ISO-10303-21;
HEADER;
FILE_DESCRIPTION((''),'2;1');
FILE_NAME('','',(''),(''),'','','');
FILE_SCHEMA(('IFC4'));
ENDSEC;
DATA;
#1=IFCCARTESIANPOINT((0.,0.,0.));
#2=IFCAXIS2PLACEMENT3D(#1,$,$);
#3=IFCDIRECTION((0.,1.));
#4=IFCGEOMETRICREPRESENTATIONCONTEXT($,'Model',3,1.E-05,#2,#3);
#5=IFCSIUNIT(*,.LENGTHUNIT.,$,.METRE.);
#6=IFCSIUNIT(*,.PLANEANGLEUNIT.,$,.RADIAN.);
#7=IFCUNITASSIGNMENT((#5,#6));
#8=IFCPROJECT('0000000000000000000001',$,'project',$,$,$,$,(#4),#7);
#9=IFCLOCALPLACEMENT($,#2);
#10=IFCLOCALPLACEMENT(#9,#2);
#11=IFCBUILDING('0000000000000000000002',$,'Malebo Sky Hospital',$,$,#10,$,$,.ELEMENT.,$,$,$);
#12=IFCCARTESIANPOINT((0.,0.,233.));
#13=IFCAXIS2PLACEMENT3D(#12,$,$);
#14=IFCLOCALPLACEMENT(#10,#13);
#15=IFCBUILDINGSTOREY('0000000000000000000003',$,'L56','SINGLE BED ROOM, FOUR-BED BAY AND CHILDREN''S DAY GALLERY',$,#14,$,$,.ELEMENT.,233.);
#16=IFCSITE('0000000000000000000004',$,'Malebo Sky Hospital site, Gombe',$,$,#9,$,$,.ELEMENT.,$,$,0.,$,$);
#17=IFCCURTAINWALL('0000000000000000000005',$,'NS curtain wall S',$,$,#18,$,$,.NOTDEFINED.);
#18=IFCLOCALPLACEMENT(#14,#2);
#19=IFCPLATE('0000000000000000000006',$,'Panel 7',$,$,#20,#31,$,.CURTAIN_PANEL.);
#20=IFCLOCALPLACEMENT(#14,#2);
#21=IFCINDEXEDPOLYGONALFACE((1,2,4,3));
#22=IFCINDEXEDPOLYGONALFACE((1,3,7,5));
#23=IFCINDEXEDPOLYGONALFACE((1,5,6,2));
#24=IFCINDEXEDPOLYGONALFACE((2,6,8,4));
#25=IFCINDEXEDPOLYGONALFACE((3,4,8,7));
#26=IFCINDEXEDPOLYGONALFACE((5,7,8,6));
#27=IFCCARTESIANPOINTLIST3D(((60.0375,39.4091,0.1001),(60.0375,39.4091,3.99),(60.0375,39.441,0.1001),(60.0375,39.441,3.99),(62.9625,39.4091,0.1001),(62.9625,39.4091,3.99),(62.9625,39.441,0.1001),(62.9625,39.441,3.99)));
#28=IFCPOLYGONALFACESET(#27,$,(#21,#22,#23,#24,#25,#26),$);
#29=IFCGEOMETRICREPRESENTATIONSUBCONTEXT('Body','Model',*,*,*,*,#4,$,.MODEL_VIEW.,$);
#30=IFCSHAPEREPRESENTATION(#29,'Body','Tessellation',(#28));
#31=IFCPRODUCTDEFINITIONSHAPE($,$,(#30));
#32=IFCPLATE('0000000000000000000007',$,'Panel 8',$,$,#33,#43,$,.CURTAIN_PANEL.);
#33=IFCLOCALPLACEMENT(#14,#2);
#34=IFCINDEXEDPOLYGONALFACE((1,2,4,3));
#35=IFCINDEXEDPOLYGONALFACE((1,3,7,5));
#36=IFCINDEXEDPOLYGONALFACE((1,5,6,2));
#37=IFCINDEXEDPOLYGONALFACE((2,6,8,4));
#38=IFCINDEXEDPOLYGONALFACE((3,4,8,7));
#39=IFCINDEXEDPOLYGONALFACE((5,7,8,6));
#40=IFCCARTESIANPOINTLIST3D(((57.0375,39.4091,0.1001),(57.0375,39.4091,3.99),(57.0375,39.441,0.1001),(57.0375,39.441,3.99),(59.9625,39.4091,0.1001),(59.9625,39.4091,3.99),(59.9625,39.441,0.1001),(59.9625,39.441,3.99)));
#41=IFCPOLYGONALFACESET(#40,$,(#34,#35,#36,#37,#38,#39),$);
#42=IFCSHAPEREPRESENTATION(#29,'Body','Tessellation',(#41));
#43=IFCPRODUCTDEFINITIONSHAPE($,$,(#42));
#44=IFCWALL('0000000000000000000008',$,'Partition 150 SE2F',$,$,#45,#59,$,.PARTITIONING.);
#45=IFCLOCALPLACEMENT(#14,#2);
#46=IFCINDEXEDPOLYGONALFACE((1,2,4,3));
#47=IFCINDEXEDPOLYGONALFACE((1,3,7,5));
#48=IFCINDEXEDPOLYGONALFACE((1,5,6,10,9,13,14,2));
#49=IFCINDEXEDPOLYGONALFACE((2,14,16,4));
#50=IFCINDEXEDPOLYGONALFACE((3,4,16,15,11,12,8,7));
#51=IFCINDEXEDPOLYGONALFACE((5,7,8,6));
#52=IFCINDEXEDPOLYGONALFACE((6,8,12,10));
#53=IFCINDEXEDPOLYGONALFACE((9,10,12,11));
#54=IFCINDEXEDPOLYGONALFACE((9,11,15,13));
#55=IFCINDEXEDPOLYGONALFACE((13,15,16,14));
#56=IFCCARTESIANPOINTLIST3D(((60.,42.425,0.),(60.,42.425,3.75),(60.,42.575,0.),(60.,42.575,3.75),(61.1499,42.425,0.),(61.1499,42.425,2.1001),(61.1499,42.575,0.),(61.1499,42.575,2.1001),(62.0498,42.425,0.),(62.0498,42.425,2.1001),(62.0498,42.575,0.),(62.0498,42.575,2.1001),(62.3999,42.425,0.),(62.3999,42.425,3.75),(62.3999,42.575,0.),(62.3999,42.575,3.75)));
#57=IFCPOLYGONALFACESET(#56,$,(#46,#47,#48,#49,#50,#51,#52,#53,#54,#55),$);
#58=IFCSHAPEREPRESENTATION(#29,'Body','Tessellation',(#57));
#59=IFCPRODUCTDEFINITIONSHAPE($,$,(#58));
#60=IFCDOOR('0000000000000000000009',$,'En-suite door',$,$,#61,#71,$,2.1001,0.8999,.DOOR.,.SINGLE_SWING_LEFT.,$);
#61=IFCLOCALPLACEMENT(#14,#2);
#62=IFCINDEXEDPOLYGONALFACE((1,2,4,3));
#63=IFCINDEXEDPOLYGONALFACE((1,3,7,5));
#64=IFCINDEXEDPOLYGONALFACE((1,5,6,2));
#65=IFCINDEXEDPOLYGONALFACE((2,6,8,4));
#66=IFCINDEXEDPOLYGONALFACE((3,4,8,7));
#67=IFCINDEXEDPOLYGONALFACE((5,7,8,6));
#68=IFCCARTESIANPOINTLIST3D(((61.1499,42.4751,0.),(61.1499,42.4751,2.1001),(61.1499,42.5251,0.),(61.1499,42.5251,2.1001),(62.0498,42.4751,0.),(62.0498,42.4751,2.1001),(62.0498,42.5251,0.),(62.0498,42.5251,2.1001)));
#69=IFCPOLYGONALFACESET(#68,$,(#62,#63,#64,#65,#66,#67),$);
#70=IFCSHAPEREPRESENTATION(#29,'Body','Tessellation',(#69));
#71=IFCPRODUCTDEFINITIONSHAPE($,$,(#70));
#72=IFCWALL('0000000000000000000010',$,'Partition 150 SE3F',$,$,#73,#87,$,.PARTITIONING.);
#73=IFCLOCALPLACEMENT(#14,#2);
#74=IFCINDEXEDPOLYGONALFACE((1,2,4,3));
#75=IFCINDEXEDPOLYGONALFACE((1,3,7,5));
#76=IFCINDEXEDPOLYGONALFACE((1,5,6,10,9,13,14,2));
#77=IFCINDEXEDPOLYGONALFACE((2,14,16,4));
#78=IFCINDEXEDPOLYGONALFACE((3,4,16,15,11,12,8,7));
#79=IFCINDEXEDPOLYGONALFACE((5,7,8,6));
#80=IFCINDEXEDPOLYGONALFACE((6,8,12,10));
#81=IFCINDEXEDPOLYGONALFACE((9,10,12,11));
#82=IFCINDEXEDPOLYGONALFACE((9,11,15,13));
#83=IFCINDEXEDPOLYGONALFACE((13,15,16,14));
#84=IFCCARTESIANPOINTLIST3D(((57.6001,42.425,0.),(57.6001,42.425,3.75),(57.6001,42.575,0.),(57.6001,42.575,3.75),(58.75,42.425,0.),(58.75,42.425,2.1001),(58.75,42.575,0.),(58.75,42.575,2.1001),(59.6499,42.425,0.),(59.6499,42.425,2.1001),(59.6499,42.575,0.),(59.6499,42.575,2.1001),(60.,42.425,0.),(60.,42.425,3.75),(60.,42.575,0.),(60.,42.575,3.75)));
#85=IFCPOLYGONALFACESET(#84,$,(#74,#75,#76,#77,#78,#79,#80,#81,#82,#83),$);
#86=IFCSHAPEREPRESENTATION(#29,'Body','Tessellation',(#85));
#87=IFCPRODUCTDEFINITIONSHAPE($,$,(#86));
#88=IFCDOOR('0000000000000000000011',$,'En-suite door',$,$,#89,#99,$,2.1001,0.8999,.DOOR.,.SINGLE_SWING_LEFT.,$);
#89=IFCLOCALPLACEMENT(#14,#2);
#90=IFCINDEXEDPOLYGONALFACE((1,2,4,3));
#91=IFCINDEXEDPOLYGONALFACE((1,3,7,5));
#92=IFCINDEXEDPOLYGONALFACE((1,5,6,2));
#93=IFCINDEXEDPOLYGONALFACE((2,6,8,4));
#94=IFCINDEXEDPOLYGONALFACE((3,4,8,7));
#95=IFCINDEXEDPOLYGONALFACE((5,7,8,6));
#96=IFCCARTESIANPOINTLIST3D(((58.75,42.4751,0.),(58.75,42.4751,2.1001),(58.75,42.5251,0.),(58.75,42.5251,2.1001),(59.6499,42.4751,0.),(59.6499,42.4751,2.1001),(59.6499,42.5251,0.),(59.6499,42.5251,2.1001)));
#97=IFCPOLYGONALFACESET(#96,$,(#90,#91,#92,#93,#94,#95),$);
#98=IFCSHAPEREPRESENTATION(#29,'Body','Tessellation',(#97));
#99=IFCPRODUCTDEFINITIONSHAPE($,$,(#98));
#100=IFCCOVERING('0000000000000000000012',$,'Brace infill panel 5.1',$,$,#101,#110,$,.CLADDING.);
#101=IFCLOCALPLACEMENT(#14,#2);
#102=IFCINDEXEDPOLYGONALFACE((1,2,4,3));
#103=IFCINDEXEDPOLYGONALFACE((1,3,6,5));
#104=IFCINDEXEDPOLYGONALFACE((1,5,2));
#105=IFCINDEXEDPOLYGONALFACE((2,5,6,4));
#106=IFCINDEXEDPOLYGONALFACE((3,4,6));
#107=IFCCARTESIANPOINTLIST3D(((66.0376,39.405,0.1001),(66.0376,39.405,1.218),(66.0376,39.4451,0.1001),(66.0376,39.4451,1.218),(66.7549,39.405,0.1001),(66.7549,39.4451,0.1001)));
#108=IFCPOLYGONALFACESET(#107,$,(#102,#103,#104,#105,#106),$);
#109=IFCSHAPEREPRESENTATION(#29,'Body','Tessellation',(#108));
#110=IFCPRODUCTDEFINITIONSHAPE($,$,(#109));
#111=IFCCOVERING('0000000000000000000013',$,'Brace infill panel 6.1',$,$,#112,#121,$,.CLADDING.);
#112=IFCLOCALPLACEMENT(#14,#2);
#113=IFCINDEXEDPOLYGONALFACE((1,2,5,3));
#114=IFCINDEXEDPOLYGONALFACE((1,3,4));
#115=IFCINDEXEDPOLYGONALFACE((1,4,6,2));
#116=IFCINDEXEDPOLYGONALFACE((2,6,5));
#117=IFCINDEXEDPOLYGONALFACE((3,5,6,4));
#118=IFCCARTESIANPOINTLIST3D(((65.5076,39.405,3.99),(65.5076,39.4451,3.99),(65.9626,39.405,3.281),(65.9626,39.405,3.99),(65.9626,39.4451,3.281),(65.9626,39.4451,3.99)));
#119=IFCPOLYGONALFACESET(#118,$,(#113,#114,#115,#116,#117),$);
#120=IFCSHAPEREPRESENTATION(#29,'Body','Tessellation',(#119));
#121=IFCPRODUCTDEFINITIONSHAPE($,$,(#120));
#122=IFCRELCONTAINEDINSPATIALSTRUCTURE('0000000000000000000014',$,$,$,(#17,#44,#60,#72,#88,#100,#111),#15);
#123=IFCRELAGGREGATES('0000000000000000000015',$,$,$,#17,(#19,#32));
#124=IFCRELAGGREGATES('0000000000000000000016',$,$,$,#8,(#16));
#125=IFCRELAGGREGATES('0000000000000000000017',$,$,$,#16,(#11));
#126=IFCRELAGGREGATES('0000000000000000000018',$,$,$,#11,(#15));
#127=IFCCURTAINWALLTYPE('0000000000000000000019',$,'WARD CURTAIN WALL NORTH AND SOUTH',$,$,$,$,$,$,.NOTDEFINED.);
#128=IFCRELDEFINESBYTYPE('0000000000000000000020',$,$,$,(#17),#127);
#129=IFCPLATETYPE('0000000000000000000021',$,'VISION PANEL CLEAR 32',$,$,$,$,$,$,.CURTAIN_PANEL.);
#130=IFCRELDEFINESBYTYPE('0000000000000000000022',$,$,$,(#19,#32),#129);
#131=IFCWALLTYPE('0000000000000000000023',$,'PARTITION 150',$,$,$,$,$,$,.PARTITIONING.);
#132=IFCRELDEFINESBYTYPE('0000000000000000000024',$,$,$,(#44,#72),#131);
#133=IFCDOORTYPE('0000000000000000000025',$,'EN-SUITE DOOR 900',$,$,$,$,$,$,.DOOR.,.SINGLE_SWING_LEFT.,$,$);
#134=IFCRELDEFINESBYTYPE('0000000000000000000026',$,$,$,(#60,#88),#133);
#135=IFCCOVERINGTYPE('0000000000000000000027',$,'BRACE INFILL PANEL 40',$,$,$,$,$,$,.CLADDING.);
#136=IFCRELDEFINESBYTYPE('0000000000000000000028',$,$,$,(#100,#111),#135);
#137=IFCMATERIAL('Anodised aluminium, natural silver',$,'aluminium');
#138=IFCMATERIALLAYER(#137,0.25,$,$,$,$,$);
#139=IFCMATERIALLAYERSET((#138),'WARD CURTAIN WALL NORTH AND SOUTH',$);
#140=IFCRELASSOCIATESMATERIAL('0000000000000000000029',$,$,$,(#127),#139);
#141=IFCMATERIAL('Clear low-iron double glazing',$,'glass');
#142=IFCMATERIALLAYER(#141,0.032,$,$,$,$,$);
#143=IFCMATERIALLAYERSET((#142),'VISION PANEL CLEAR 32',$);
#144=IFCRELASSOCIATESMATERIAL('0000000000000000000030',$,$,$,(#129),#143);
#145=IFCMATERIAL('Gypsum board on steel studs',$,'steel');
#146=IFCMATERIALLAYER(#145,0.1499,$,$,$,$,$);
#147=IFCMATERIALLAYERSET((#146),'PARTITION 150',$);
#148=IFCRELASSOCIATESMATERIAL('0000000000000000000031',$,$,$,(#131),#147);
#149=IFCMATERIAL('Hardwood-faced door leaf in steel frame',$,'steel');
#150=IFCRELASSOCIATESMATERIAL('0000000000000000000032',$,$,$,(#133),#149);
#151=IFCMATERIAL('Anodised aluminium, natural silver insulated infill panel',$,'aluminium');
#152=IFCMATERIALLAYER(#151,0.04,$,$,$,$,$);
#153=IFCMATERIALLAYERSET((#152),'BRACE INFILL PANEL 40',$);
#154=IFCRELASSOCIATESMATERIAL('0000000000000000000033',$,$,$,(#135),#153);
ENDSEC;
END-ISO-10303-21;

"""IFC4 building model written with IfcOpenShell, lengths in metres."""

from ifc_helpers import new_model, si_unit, direction, frame, frame_2d, origin, origin_2d, place, context, subcontext, project, spatial, polyline, rectangle, outline, extrude, material, layer, layer_set, type_object, element, fill, aggregate, save


model = new_model("IFC4")

# Units and contexts
model_context = context("Model", 3, precision=1e-05, world=origin(), true_north=direction((0.0, 1.0)))
body_context = subcontext(model_context, "Body", "Model", "MODEL_VIEW")
ifc_project = project(units=[si_unit("LENGTHUNIT", "METRE"), si_unit("PLANEANGLEUNIT", "RADIAN")], contexts=[model_context])

# Site, building, storey
site_placement = place(None, origin())
site = spatial("IfcSite", under=ifc_project, at=site_placement, Name="Malebo Sky Hospital site, Gombe", CompositionType="ELEMENT", RefElevation=0.0)
building_placement = place(site_placement, origin())
building = spatial("IfcBuilding", under=site, at=building_placement, Name="Malebo Sky Hospital", CompositionType="ELEMENT")
storey_placement = place(building_placement, frame((0.0, 0.0, 233.0)))
storey = spatial("IfcBuildingStorey", under=building, at=storey_placement, Name="L56", Description="SINGLE BED ROOM, FOUR-BED BAY AND CHILDREN'S DAY GALLERY", CompositionType="ELEMENT", Elevation=233.0)

# Curtain wall
ifc_material_1 = material(Name="Anodised aluminium, natural silver", Category="aluminium")
ifc_layer_1 = layer(ifc_material_1, 0.25)
ifc_layer_set_1 = layer_set([ifc_layer_1], Name="WARD CURTAIN WALL NORTH AND SOUTH")
curtain_wall_type = type_object("IfcCurtainWallType", Name="WARD CURTAIN WALL NORTH AND SOUTH", PredefinedType="NOTDEFINED", material=ifc_layer_set_1)
curtain_wall_placement = place(storey_placement, origin())
curtain_wall = element("IfcCurtainWall", 1, at=curtain_wall_placement, inside=storey, type_object=curtain_wall_type, Name="NS curtain wall S", PredefinedType="NOTDEFINED")

# Plates
ifc_material_2 = material(Name="Clear low-iron double glazing", Category="glass")
ifc_layer_2 = layer(ifc_material_2, 0.032)
ifc_layer_set_2 = layer_set([ifc_layer_2], Name="VISION PANEL CLEAR 32")
plate_type = type_object("IfcPlateType", Name="VISION PANEL CLEAR 32", PredefinedType="CURTAIN_PANEL", material=ifc_layer_set_2)
plate_1_placement = place(storey_placement, frame((61.5, 39.425, 0.1001), z_axis=(0.0, 0.0, 1.0), x_axis=(-1.0, 0.0, 0.0)))
plate_1 = element("IfcPlate", 2, at=plate_1_placement, type_object=plate_type, Name="Panel 7", PredefinedType="CURTAIN_PANEL", context=body_context, shape_type="SweptSolid", body=[
    extrude(rectangle(XDim=2.925, YDim=0.032, at=origin_2d()), origin(), (0.0, 0.0, 1.0), 3.8899),
])
plate_2_placement = place(storey_placement, frame((58.5, 39.425, 0.1001), z_axis=(0.0, 0.0, 1.0), x_axis=(-1.0, 0.0, 0.0)))
plate_2 = element("IfcPlate", 3, at=plate_2_placement, type_object=plate_type, Name="Panel 8", PredefinedType="CURTAIN_PANEL", context=body_context, shape_type="SweptSolid", body=[
    extrude(rectangle(XDim=2.925, YDim=0.032, at=origin_2d()), origin(), (0.0, 0.0, 1.0), 3.8899),
])
aggregate(curtain_wall, [plate_1, plate_2])

# Walls, openings, doors
ifc_material_3 = material(Name="Gypsum board on steel studs", Category="steel")
ifc_layer_3 = layer(ifc_material_3, 0.1499)
ifc_layer_set_3 = layer_set([ifc_layer_3], Name="PARTITION 150")
wall_type = type_object("IfcWallType", Name="PARTITION 150", PredefinedType="PARTITIONING", material=ifc_layer_set_3)
wall_1_placement = place(storey_placement, frame((62.3999, 42.5, 0.0), z_axis=(0.0, 0.0, 1.0), x_axis=(-1.0, 0.0, 0.0)))
wall_1 = element("IfcWall", 4, at=wall_1_placement, inside=storey, type_object=wall_type, Name="Partition 150 SE2F", PredefinedType="PARTITIONING", context=body_context, shape_type="SweptSolid", body=[
    extrude(rectangle(XDim=2.3999, YDim=0.1499, at=frame_2d((1.2, 0.0))), origin(), (0.0, 0.0, 1.0), 3.75),
])
opening_1_placement = place(wall_1_placement, frame((0.3501, 0.0, 0.0)))
opening_1 = element("IfcOpeningElement", 5, at=opening_1_placement, cuts=wall_1, PredefinedType="OPENING", context=body_context, shape_type="SweptSolid", body=[
    extrude(rectangle(XDim=0.8999, YDim=2.1001, at=frame_2d((0.45, 1.05))), frame((0.0, 0.085, 0.0), z_axis=(0.0, -1.0, 0.0), x_axis=(1.0, 0.0, 0.0)), (0.0, 0.0, 1.0), 0.1699),
])
ifc_material_4 = material(Name="Hardwood-faced door leaf in steel frame", Category="steel")
door_type = type_object("IfcDoorType", Name="EN-SUITE DOOR 900", OperationType="SINGLE_SWING_LEFT", PredefinedType="DOOR", material=ifc_material_4)
door_1_placement = place(opening_1_placement, origin())
door_1 = element("IfcDoor", 6, at=door_1_placement, inside=storey, type_object=door_type, Name="En-suite door", OperationType="SINGLE_SWING_LEFT", OverallHeight=2.1001, OverallWidth=0.8999, PredefinedType="DOOR", context=body_context, shape_type="SweptSolid", body=[
    extrude(rectangle(XDim=0.8999, YDim=2.1001, at=frame_2d((0.45, 1.05))), frame((0.0, 0.0249, 0.0), z_axis=(0.0, -1.0, 0.0), x_axis=(1.0, 0.0, 0.0)), (0.0, 0.0, 1.0), 0.05),
])
fill(opening_1, door_1)
wall_2_placement = place(storey_placement, frame((60.0, 42.5, 0.0), z_axis=(0.0, 0.0, 1.0), x_axis=(-1.0, 0.0, 0.0)))
wall_2 = element("IfcWall", 7, at=wall_2_placement, inside=storey, type_object=wall_type, Name="Partition 150 SE3F", PredefinedType="PARTITIONING", context=body_context, shape_type="SweptSolid", body=[
    extrude(rectangle(XDim=2.3999, YDim=0.1499, at=frame_2d((1.2, 0.0))), origin(), (0.0, 0.0, 1.0), 3.75),
])
opening_2_placement = place(wall_2_placement, frame((0.3501, 0.0, 0.0)))
opening_2 = element("IfcOpeningElement", 8, at=opening_2_placement, cuts=wall_2, PredefinedType="OPENING", context=body_context, shape_type="SweptSolid", body=[
    extrude(rectangle(XDim=0.8999, YDim=2.1001, at=frame_2d((0.45, 1.05))), frame((0.0, 0.085, 0.0), z_axis=(0.0, -1.0, 0.0), x_axis=(1.0, 0.0, 0.0)), (0.0, 0.0, 1.0), 0.1699),
])
door_2_placement = place(opening_2_placement, origin())
door_2 = element("IfcDoor", 9, at=door_2_placement, inside=storey, type_object=door_type, Name="En-suite door", OperationType="SINGLE_SWING_LEFT", OverallHeight=2.1001, OverallWidth=0.8999, PredefinedType="DOOR", context=body_context, shape_type="SweptSolid", body=[
    extrude(rectangle(XDim=0.8999, YDim=2.1001, at=frame_2d((0.45, 1.05))), frame((0.0, 0.0249, 0.0), z_axis=(0.0, -1.0, 0.0), x_axis=(1.0, 0.0, 0.0)), (0.0, 0.0, 1.0), 0.05),
])
fill(opening_2, door_2)

# Coverings
ifc_material_5 = material(Name="Anodised aluminium, natural silver insulated infill panel", Category="aluminium")
ifc_layer_4 = layer(ifc_material_5, 0.04)
ifc_layer_set_4 = layer_set([ifc_layer_4], Name="BRACE INFILL PANEL 40")
covering_type = type_object("IfcCoveringType", Name="BRACE INFILL PANEL 40", PredefinedType="CLADDING", material=ifc_layer_set_4)
covering_1_placement = place(storey_placement, frame((66.3962, 39.425, 0.1001), z_axis=(0.0, 0.0, 1.0), x_axis=(-1.0, 0.0, 0.0)))
element("IfcCovering", 10, at=covering_1_placement, inside=storey, type_object=covering_type, Name="Brace infill panel 5.1", PredefinedType="CLADDING", context=body_context, shape_type="SweptSolid", body=[
    extrude(outline(polyline([(-0.3586, 0.0), (0.3586, 0.0), (0.3586, 1.1179), (-0.3586, 0.0)])), frame((0.0, 0.02, 0.0), z_axis=(0.0, -1.0, 0.0), x_axis=(1.0, 0.0, 0.0)), (0.0, 0.0, 1.0), 0.04),
])
covering_2_placement = place(storey_placement, frame((65.7351, 39.425, 3.281), z_axis=(0.0, 0.0, 1.0), x_axis=(-1.0, 0.0, 0.0)))
element("IfcCovering", 11, at=covering_2_placement, inside=storey, type_object=covering_type, Name="Brace infill panel 6.1", PredefinedType="CLADDING", context=body_context, shape_type="SweptSolid", body=[
    extrude(outline(polyline([(-0.2275, 0.0), (0.2275, 0.709), (-0.2275, 0.709), (-0.2275, 0.0)])), frame((0.0, 0.02, 0.0), z_axis=(0.0, -1.0, 0.0), x_axis=(1.0, 0.0, 0.0)), (0.0, 0.0, 1.0), 0.04),
])

save(model, "model.ifc")
